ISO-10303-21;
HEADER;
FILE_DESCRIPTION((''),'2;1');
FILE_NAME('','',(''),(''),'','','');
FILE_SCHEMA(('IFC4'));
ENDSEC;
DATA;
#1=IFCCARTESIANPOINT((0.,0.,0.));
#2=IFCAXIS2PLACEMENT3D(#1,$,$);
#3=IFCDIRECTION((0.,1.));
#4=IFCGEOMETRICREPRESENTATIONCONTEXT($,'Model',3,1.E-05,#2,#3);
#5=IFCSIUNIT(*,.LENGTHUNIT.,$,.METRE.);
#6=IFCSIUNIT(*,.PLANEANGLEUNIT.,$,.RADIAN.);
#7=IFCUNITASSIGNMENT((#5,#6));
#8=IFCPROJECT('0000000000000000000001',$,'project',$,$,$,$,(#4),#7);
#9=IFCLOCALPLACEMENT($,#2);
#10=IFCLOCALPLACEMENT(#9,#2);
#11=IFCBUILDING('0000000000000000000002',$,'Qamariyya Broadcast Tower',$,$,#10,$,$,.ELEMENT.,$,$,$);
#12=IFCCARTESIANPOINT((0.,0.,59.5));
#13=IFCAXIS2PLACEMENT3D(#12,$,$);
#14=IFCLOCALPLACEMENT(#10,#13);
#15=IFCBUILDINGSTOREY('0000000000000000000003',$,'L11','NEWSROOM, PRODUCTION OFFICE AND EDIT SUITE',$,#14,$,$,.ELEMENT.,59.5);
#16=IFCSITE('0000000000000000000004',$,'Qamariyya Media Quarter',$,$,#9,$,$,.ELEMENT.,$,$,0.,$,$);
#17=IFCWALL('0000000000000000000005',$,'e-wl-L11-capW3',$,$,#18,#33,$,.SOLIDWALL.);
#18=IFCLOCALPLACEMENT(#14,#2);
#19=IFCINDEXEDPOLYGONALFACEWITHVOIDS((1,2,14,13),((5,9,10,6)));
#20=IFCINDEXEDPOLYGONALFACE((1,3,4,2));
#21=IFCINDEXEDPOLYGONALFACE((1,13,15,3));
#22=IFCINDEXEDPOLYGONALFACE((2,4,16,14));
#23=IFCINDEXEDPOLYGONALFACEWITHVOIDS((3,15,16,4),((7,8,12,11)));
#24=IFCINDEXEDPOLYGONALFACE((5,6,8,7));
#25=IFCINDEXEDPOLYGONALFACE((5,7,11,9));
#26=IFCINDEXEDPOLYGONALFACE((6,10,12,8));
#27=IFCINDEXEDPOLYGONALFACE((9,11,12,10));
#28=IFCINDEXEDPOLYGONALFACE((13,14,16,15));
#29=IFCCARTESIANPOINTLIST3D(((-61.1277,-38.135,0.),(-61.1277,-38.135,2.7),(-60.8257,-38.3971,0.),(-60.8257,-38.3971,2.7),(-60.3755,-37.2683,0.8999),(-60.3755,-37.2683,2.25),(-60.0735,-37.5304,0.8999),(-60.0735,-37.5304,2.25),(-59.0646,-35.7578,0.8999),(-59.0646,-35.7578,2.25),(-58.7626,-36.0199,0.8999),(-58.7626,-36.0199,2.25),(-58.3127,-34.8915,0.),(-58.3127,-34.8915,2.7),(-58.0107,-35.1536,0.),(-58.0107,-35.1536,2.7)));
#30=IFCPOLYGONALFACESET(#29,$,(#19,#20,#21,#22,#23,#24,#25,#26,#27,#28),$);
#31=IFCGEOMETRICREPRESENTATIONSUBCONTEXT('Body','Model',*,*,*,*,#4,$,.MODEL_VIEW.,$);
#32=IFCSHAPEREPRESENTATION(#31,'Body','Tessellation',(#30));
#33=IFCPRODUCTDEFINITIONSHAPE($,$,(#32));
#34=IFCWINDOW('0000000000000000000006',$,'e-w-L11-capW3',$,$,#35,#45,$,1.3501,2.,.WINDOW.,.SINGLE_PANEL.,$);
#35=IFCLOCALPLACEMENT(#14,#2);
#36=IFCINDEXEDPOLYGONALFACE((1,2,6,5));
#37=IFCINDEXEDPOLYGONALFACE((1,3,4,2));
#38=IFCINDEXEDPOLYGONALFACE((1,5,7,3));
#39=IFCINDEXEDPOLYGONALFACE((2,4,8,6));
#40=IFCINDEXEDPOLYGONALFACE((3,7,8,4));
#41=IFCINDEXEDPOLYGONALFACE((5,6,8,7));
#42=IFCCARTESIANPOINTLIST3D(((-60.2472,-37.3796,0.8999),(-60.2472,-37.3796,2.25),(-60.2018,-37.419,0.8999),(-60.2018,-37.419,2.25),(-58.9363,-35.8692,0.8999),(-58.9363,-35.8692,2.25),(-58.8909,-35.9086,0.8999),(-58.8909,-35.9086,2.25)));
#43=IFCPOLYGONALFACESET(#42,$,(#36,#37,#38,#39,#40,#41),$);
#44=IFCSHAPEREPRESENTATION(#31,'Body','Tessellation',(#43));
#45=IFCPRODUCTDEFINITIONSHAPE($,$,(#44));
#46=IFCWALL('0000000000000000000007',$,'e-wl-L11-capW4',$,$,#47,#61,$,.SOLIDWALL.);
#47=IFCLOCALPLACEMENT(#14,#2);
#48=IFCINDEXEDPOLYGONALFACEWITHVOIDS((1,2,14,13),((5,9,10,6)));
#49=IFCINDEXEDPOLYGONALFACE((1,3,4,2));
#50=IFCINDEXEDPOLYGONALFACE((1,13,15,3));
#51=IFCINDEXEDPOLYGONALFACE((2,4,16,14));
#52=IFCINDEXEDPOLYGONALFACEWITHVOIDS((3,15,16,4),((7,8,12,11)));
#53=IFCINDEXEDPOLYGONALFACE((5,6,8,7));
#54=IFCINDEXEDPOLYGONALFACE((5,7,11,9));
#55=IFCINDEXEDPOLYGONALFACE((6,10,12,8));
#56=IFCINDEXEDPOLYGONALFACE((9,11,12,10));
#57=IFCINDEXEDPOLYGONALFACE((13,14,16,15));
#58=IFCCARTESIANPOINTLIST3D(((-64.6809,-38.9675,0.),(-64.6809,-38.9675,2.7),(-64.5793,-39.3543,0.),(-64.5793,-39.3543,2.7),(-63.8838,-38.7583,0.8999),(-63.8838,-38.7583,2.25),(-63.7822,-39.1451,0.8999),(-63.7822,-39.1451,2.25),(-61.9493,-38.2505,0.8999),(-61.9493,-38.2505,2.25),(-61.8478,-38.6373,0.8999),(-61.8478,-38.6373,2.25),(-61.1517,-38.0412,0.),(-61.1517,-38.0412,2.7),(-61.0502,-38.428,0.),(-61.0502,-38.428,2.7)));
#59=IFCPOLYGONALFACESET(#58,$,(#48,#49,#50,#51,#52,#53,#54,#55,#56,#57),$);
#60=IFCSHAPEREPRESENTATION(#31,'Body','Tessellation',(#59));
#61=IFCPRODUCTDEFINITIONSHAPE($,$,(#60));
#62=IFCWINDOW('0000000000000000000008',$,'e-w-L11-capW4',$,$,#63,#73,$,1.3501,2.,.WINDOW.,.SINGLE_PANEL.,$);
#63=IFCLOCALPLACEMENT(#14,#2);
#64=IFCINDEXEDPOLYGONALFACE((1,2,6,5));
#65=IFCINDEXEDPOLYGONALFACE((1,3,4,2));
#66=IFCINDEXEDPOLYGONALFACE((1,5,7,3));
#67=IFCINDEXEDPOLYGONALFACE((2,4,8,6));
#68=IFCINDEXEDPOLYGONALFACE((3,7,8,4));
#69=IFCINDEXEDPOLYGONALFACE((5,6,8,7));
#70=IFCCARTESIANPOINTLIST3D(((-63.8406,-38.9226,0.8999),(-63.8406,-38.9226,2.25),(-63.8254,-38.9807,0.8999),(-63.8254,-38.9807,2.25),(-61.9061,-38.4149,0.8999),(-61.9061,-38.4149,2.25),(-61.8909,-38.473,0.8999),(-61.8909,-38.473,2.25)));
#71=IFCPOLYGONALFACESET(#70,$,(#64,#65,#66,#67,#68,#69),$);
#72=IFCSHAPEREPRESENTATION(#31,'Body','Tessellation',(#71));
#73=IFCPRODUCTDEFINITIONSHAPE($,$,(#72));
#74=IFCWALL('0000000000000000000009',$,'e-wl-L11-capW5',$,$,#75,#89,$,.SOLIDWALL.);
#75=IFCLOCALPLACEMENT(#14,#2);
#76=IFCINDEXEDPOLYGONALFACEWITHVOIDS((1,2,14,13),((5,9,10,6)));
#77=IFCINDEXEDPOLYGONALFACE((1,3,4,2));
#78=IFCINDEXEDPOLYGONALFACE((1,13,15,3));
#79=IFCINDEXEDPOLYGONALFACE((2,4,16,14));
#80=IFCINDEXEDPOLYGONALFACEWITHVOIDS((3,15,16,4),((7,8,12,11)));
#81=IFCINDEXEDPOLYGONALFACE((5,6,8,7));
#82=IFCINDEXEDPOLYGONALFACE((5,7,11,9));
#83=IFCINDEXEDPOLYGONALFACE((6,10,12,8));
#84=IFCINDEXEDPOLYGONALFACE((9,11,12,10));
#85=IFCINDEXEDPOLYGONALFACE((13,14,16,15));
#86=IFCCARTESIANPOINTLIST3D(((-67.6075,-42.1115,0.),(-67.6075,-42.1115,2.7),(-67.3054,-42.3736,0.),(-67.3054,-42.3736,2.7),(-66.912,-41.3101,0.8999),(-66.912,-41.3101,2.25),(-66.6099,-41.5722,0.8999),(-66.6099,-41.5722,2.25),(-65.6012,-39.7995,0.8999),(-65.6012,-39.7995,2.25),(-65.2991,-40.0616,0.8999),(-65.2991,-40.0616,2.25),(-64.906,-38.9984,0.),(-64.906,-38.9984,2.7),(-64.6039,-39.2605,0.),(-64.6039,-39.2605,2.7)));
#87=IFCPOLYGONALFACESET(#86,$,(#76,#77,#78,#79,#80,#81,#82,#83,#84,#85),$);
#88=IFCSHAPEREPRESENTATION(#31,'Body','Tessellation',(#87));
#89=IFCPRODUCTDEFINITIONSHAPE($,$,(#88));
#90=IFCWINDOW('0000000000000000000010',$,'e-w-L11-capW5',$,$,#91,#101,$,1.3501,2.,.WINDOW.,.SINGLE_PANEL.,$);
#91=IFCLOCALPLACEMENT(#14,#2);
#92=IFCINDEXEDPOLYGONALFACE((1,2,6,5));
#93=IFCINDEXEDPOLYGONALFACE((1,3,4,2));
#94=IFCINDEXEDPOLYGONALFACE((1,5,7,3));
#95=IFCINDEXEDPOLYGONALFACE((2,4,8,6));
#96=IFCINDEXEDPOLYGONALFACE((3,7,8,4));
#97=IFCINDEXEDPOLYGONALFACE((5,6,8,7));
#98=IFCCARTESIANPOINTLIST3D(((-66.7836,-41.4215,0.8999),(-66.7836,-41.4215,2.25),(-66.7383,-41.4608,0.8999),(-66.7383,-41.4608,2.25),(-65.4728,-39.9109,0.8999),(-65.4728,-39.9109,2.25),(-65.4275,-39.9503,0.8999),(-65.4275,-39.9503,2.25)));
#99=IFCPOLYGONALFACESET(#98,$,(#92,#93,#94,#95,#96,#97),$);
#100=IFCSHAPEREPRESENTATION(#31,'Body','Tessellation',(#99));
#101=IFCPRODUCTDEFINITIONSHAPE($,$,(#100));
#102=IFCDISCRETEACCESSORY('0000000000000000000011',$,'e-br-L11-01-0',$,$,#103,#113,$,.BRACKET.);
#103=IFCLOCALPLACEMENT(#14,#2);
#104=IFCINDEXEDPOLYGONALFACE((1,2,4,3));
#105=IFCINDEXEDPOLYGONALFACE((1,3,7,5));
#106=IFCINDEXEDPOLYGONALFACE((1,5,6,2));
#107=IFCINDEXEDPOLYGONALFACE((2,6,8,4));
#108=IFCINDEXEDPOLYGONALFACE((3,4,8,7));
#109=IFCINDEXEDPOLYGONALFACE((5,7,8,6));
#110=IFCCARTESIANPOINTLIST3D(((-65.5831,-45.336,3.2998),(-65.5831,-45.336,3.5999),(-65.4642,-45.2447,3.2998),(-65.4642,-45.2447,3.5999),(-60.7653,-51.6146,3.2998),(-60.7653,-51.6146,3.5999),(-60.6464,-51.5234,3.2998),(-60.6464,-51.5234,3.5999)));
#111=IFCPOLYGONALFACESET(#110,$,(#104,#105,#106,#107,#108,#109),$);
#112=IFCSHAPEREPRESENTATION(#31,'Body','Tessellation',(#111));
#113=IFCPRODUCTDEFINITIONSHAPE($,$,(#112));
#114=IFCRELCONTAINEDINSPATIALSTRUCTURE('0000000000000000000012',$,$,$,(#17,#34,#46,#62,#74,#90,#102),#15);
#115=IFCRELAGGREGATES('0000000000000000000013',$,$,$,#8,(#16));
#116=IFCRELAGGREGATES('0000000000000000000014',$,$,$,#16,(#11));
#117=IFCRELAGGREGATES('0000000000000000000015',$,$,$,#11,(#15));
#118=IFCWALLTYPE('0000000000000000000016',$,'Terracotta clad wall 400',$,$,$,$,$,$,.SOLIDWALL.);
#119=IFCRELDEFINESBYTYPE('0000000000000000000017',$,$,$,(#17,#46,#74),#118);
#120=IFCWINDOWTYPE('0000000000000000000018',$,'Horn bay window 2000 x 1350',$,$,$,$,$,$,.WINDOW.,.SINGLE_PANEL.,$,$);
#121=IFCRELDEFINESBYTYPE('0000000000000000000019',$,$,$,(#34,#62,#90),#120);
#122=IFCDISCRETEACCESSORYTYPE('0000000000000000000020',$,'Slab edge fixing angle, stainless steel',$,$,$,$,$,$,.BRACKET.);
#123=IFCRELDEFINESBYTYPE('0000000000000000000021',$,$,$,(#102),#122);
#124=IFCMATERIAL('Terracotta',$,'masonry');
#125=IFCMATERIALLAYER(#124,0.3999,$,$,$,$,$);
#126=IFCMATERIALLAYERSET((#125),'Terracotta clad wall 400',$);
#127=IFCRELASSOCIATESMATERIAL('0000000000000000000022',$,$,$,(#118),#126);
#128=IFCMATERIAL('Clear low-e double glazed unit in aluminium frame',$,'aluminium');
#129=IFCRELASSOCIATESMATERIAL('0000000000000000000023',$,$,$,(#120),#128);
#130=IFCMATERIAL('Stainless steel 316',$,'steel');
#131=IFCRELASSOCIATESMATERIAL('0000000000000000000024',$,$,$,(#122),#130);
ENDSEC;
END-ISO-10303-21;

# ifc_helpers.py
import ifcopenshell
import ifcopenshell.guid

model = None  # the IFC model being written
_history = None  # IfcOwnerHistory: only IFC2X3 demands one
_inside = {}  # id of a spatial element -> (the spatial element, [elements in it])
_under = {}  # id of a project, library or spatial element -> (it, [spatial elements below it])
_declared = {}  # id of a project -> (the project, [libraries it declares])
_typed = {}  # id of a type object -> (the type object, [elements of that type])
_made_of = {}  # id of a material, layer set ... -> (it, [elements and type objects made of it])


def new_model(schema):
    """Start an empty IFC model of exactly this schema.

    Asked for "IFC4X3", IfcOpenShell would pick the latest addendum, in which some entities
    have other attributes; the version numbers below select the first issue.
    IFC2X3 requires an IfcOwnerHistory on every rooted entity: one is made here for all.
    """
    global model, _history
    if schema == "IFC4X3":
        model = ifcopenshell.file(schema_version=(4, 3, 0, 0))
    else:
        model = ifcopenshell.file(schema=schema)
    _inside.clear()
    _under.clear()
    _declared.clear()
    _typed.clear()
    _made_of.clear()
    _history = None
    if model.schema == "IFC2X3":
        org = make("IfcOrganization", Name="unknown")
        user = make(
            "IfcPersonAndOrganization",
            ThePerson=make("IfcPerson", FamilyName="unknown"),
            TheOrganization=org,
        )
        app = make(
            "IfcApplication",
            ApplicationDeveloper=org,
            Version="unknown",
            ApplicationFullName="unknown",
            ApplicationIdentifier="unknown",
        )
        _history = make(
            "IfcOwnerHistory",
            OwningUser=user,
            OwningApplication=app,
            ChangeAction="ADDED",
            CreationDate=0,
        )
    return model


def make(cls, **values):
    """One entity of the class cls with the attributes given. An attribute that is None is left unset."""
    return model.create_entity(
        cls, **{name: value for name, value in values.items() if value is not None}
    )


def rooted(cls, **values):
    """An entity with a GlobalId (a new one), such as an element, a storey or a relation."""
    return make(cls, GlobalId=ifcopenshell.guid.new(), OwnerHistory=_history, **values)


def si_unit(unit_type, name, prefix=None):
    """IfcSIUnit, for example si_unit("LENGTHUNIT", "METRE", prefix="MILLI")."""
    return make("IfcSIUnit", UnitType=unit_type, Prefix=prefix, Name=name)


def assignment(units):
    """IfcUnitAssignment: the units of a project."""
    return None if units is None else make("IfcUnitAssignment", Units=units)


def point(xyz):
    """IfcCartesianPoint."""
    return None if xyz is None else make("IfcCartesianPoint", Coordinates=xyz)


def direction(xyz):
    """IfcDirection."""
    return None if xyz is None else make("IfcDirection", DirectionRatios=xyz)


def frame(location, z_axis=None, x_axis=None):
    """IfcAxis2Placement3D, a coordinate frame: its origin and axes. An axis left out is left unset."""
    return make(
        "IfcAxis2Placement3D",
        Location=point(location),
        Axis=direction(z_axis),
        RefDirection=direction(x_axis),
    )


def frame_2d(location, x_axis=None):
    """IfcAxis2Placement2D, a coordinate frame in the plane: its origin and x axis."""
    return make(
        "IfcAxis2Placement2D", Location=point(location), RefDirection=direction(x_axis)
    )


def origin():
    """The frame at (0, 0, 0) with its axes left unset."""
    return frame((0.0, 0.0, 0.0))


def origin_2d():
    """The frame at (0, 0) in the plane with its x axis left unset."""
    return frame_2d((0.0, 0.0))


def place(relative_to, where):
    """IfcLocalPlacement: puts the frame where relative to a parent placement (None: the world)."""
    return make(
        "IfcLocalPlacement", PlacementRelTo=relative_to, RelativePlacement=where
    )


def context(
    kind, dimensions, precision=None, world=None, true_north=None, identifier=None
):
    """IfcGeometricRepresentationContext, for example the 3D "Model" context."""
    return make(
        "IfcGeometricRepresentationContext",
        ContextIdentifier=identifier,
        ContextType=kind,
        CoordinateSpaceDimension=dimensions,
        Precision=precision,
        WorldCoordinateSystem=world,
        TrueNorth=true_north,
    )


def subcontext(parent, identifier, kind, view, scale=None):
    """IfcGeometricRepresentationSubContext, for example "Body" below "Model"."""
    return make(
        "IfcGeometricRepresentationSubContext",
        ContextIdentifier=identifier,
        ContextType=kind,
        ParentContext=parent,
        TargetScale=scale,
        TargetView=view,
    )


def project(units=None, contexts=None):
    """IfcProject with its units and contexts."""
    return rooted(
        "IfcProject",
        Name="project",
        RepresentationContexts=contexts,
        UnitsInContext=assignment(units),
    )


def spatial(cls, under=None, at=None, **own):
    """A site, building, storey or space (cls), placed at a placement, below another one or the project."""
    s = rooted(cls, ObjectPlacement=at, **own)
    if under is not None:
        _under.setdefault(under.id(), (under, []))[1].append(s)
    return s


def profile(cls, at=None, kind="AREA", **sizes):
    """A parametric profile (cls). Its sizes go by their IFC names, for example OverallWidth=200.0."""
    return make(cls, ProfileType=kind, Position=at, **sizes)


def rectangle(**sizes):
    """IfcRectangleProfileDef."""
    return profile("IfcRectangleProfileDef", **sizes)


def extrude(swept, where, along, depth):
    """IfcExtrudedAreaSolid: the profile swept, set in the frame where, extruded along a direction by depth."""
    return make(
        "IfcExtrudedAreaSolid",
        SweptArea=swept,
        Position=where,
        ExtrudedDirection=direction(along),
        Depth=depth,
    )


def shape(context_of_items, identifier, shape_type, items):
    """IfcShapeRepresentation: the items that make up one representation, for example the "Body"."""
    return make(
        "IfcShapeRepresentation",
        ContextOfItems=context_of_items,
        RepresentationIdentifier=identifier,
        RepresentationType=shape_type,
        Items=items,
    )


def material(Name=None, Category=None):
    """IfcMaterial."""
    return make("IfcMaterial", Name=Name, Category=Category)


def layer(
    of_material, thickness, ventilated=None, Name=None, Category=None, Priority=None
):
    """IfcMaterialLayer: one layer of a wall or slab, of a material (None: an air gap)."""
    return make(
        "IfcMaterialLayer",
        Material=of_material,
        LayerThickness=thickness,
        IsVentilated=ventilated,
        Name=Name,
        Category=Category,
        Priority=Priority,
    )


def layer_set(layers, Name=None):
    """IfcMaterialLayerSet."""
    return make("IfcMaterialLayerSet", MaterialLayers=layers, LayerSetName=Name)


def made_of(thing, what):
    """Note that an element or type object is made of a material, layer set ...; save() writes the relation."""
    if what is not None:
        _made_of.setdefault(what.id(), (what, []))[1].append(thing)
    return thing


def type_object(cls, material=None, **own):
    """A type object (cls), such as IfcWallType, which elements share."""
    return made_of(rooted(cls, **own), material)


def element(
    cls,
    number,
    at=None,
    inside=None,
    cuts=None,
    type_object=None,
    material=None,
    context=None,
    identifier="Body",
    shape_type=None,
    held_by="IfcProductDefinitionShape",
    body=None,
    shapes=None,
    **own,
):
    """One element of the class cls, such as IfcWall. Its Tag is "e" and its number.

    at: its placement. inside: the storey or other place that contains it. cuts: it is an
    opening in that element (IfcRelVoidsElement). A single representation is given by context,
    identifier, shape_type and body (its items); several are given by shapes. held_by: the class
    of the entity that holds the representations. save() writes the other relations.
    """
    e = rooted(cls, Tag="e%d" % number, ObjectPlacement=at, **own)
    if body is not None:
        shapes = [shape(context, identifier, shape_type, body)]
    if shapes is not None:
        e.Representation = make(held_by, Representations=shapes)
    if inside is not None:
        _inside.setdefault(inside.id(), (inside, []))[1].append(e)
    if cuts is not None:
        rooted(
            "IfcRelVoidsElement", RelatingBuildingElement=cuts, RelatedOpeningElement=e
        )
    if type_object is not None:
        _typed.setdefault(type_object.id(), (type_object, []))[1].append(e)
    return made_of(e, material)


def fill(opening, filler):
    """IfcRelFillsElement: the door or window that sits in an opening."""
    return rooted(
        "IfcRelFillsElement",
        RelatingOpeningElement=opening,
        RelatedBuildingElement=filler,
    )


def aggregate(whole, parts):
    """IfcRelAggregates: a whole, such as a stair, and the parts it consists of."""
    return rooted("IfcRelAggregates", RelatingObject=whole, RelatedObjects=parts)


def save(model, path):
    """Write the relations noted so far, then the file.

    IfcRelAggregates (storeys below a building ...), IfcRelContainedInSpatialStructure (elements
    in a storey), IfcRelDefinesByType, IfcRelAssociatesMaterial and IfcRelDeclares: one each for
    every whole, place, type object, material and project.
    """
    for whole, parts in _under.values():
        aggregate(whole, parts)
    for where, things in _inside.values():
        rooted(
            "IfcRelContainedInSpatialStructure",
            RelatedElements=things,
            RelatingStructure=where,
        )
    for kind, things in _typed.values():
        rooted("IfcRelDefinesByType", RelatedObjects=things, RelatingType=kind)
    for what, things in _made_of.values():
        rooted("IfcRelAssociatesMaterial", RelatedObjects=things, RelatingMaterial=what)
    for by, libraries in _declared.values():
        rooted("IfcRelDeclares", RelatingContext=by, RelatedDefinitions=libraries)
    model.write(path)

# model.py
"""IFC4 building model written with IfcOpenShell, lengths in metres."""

from ifc_helpers import new_model, si_unit, direction, frame, frame_2d, origin, origin_2d, place, context, subcontext, project, spatial, rectangle, extrude, material, layer, layer_set, type_object, element, fill, save


model = new_model("IFC4")

# Units and contexts
model_context = context("Model", 3, precision=1e-05, world=origin(), true_north=direction((0.0, 1.0)))
body_context = subcontext(model_context, "Body", "Model", "MODEL_VIEW")
ifc_project = project(units=[si_unit("LENGTHUNIT", "METRE"), si_unit("PLANEANGLEUNIT", "RADIAN")], contexts=[model_context])

# Site, building, storey
site_placement = place(None, origin())
site = spatial("IfcSite", under=ifc_project, at=site_placement, Name="Qamariyya Media Quarter", CompositionType="ELEMENT", RefElevation=0.0)
building_placement = place(site_placement, origin())
building = spatial("IfcBuilding", under=site, at=building_placement, Name="Qamariyya Broadcast Tower", CompositionType="ELEMENT")
storey_placement = place(building_placement, frame((0.0, 0.0, 59.5)))
storey = spatial("IfcBuildingStorey", under=building, at=storey_placement, Name="L11", Description="NEWSROOM, PRODUCTION OFFICE AND EDIT SUITE", CompositionType="ELEMENT", Elevation=59.5)

# Walls, openings, windows
ifc_material_1 = material(Name="Terracotta", Category="masonry")
ifc_layer = layer(ifc_material_1, 0.3999)
ifc_layer_set = layer_set([ifc_layer], Name="Terracotta clad wall 400")
wall_type = type_object("IfcWallType", Name="Terracotta clad wall 400", PredefinedType="SOLIDWALL", material=ifc_layer_set)
ifc_material_2 = material(Name="Clear low-e double glazed unit in aluminium frame", Category="aluminium")
window_type = type_object("IfcWindowType", Name="Horn bay window 2000 x 1350", PartitioningType="SINGLE_PANEL", PredefinedType="WINDOW", material=ifc_material_2)
wall_1_placement = place(storey_placement, frame((-58.1616, -35.0225, 0.0), z_axis=(0.0, 0.0, 1.0), x_axis=(-0.655461, -0.755229, 0.0)))
wall_1 = element("IfcWall", 1, at=wall_1_placement, inside=storey, type_object=wall_type, Name="e-wl-L11-capW3", PredefinedType="SOLIDWALL", context=body_context, shape_type="SweptSolid", body=[
    extrude(rectangle(XDim=4.2947, YDim=0.3999, at=frame_2d((2.1475, 0.0))), origin(), (0.0, 0.0, 1.0), 2.7),
])
opening_1_placement = place(wall_1_placement, frame((1.1472, 0.0, 0.8999)))
opening_1 = element("IfcOpeningElement", 2, at=opening_1_placement, cuts=wall_1, PredefinedType="OPENING", context=body_context, shape_type="SweptSolid", body=[
    extrude(rectangle(XDim=2.0, YDim=1.3501, at=frame_2d((1.0, 0.675))), frame((0.0, 0.21, 0.0), z_axis=(0.0, -1.0, 0.0), x_axis=(1.0, 0.0, 0.0)), (0.0, 0.0, 1.0), 0.4199),
])
window_1_placement = place(opening_1_placement, origin())
window_1 = element("IfcWindow", 3, at=window_1_placement, inside=storey, type_object=window_type, Name="e-w-L11-capW3", OverallHeight=1.3501, OverallWidth=2.0, PartitioningType="SINGLE_PANEL", PredefinedType="WINDOW", context=body_context, shape_type="SweptSolid", body=[
    extrude(rectangle(XDim=2.0, YDim=1.3501, at=frame_2d((1.0, 0.675))), frame((0.0, 0.03, 0.0), z_axis=(0.0, -1.0, 0.0), x_axis=(1.0, 0.0, 0.0)), (0.0, 0.0, 1.0), 0.0601),
])
fill(opening_1, window_1)
wall_2_placement = place(storey_placement, frame((-61.1011, -38.2346, 0.0), z_axis=(0.0, 0.0, 1.0), x_axis=(-0.967238, -0.253871, 0.0)))
wall_2 = element("IfcWall", 4, at=wall_2_placement, inside=storey, type_object=wall_type, Name="e-wl-L11-capW4", PredefinedType="SOLIDWALL", context=body_context, shape_type="SweptSolid", body=[
    extrude(rectangle(XDim=3.6487, YDim=0.3999, at=frame_2d((1.8242, 0.0))), origin(), (0.0, 0.0, 1.0), 2.7),
])
opening_2_placement = place(wall_2_placement, frame((0.8245, 0.0, 0.8999)))
opening_2 = element("IfcOpeningElement", 5, at=opening_2_placement, cuts=wall_2, PredefinedType="OPENING", context=body_context, shape_type="SweptSolid", body=[
    extrude(rectangle(XDim=2.0, YDim=1.3501, at=frame_2d((1.0, 0.675))), frame((0.0, 0.21, 0.0), z_axis=(0.0, -1.0, 0.0), x_axis=(1.0, 0.0, 0.0)), (0.0, 0.0, 1.0), 0.4199),
])
window_2_placement = place(opening_2_placement, origin())
window_2 = element("IfcWindow", 6, at=window_2_placement, inside=storey, type_object=window_type, Name="e-w-L11-capW4", OverallHeight=1.3501, OverallWidth=2.0, PartitioningType="SINGLE_PANEL", PredefinedType="WINDOW", context=body_context, shape_type="SweptSolid", body=[
    extrude(rectangle(XDim=2.0, YDim=1.3501, at=frame_2d((1.0, 0.675))), frame((0.0, 0.03, 0.0), z_axis=(0.0, -1.0, 0.0), x_axis=(1.0, 0.0, 0.0)), (0.0, 0.0, 1.0), 0.0601),
])
fill(opening_2, window_2)
wall_3_placement = place(storey_placement, frame((-64.7549, -39.1294, 0.0), z_axis=(0.0, 0.0, 1.0), x_axis=(-0.655408, -0.755275, 0.0)))
wall_3 = element("IfcWall", 7, at=wall_3_placement, inside=storey, type_object=wall_type, Name="e-wl-L11-capW5", PredefinedType="SOLIDWALL", context=body_context, shape_type="SweptSolid", body=[
    extrude(rectangle(XDim=4.1218, YDim=0.3999, at=frame_2d((2.061, 0.0))), origin(), (0.0, 0.0, 1.0), 2.7),
])
opening_3_placement = place(wall_3_placement, frame((1.0608, 0.0, 0.8999)))
opening_3 = element("IfcOpeningElement", 8, at=opening_3_placement, cuts=wall_3, PredefinedType="OPENING", context=body_context, shape_type="SweptSolid", body=[
    extrude(rectangle(XDim=2.0, YDim=1.3501, at=frame_2d((1.0, 0.675))), frame((0.0, 0.21, 0.0), z_axis=(0.0, -1.0, 0.0), x_axis=(1.0, 0.0, 0.0)), (0.0, 0.0, 1.0), 0.4199),
])
window_3_placement = place(opening_3_placement, origin())
window_3 = element("IfcWindow", 9, at=window_3_placement, inside=storey, type_object=window_type, Name="e-w-L11-capW5", OverallHeight=1.3501, OverallWidth=2.0, PartitioningType="SINGLE_PANEL", PredefinedType="WINDOW", context=body_context, shape_type="SweptSolid", body=[
    extrude(rectangle(XDim=2.0, YDim=1.3501, at=frame_2d((1.0, 0.675))), frame((0.0, 0.03, 0.0), z_axis=(0.0, -1.0, 0.0), x_axis=(1.0, 0.0, 0.0)), (0.0, 0.0, 1.0), 0.0601),
])
fill(opening_3, window_3)

# Discrete accessory
ifc_material_3 = material(Name="Stainless steel 316", Category="steel")
discrete_accessory_type = type_object("IfcDiscreteAccessoryType", Name="Slab edge fixing angle, stainless steel", PredefinedType="BRACKET", material=ifc_material_3)
discrete_accessory_placement = place(storey_placement, frame((-63.1147, -48.4297, 3.2998), z_axis=(0.0, 0.0, 1.0), x_axis=(0.608761, -0.793353, 0.0)))
element("IfcDiscreteAccessory", 10, at=discrete_accessory_placement, inside=storey, type_object=discrete_accessory_type, Name="e-br-L11-01-0", PredefinedType="BRACKET", context=body_context, shape_type="SweptSolid", body=[
    extrude(rectangle(XDim=7.9141, YDim=0.1499, at=origin_2d()), origin(), (0.0, 0.0, 1.0), 0.3),
])

save(model, "model.ifc")
